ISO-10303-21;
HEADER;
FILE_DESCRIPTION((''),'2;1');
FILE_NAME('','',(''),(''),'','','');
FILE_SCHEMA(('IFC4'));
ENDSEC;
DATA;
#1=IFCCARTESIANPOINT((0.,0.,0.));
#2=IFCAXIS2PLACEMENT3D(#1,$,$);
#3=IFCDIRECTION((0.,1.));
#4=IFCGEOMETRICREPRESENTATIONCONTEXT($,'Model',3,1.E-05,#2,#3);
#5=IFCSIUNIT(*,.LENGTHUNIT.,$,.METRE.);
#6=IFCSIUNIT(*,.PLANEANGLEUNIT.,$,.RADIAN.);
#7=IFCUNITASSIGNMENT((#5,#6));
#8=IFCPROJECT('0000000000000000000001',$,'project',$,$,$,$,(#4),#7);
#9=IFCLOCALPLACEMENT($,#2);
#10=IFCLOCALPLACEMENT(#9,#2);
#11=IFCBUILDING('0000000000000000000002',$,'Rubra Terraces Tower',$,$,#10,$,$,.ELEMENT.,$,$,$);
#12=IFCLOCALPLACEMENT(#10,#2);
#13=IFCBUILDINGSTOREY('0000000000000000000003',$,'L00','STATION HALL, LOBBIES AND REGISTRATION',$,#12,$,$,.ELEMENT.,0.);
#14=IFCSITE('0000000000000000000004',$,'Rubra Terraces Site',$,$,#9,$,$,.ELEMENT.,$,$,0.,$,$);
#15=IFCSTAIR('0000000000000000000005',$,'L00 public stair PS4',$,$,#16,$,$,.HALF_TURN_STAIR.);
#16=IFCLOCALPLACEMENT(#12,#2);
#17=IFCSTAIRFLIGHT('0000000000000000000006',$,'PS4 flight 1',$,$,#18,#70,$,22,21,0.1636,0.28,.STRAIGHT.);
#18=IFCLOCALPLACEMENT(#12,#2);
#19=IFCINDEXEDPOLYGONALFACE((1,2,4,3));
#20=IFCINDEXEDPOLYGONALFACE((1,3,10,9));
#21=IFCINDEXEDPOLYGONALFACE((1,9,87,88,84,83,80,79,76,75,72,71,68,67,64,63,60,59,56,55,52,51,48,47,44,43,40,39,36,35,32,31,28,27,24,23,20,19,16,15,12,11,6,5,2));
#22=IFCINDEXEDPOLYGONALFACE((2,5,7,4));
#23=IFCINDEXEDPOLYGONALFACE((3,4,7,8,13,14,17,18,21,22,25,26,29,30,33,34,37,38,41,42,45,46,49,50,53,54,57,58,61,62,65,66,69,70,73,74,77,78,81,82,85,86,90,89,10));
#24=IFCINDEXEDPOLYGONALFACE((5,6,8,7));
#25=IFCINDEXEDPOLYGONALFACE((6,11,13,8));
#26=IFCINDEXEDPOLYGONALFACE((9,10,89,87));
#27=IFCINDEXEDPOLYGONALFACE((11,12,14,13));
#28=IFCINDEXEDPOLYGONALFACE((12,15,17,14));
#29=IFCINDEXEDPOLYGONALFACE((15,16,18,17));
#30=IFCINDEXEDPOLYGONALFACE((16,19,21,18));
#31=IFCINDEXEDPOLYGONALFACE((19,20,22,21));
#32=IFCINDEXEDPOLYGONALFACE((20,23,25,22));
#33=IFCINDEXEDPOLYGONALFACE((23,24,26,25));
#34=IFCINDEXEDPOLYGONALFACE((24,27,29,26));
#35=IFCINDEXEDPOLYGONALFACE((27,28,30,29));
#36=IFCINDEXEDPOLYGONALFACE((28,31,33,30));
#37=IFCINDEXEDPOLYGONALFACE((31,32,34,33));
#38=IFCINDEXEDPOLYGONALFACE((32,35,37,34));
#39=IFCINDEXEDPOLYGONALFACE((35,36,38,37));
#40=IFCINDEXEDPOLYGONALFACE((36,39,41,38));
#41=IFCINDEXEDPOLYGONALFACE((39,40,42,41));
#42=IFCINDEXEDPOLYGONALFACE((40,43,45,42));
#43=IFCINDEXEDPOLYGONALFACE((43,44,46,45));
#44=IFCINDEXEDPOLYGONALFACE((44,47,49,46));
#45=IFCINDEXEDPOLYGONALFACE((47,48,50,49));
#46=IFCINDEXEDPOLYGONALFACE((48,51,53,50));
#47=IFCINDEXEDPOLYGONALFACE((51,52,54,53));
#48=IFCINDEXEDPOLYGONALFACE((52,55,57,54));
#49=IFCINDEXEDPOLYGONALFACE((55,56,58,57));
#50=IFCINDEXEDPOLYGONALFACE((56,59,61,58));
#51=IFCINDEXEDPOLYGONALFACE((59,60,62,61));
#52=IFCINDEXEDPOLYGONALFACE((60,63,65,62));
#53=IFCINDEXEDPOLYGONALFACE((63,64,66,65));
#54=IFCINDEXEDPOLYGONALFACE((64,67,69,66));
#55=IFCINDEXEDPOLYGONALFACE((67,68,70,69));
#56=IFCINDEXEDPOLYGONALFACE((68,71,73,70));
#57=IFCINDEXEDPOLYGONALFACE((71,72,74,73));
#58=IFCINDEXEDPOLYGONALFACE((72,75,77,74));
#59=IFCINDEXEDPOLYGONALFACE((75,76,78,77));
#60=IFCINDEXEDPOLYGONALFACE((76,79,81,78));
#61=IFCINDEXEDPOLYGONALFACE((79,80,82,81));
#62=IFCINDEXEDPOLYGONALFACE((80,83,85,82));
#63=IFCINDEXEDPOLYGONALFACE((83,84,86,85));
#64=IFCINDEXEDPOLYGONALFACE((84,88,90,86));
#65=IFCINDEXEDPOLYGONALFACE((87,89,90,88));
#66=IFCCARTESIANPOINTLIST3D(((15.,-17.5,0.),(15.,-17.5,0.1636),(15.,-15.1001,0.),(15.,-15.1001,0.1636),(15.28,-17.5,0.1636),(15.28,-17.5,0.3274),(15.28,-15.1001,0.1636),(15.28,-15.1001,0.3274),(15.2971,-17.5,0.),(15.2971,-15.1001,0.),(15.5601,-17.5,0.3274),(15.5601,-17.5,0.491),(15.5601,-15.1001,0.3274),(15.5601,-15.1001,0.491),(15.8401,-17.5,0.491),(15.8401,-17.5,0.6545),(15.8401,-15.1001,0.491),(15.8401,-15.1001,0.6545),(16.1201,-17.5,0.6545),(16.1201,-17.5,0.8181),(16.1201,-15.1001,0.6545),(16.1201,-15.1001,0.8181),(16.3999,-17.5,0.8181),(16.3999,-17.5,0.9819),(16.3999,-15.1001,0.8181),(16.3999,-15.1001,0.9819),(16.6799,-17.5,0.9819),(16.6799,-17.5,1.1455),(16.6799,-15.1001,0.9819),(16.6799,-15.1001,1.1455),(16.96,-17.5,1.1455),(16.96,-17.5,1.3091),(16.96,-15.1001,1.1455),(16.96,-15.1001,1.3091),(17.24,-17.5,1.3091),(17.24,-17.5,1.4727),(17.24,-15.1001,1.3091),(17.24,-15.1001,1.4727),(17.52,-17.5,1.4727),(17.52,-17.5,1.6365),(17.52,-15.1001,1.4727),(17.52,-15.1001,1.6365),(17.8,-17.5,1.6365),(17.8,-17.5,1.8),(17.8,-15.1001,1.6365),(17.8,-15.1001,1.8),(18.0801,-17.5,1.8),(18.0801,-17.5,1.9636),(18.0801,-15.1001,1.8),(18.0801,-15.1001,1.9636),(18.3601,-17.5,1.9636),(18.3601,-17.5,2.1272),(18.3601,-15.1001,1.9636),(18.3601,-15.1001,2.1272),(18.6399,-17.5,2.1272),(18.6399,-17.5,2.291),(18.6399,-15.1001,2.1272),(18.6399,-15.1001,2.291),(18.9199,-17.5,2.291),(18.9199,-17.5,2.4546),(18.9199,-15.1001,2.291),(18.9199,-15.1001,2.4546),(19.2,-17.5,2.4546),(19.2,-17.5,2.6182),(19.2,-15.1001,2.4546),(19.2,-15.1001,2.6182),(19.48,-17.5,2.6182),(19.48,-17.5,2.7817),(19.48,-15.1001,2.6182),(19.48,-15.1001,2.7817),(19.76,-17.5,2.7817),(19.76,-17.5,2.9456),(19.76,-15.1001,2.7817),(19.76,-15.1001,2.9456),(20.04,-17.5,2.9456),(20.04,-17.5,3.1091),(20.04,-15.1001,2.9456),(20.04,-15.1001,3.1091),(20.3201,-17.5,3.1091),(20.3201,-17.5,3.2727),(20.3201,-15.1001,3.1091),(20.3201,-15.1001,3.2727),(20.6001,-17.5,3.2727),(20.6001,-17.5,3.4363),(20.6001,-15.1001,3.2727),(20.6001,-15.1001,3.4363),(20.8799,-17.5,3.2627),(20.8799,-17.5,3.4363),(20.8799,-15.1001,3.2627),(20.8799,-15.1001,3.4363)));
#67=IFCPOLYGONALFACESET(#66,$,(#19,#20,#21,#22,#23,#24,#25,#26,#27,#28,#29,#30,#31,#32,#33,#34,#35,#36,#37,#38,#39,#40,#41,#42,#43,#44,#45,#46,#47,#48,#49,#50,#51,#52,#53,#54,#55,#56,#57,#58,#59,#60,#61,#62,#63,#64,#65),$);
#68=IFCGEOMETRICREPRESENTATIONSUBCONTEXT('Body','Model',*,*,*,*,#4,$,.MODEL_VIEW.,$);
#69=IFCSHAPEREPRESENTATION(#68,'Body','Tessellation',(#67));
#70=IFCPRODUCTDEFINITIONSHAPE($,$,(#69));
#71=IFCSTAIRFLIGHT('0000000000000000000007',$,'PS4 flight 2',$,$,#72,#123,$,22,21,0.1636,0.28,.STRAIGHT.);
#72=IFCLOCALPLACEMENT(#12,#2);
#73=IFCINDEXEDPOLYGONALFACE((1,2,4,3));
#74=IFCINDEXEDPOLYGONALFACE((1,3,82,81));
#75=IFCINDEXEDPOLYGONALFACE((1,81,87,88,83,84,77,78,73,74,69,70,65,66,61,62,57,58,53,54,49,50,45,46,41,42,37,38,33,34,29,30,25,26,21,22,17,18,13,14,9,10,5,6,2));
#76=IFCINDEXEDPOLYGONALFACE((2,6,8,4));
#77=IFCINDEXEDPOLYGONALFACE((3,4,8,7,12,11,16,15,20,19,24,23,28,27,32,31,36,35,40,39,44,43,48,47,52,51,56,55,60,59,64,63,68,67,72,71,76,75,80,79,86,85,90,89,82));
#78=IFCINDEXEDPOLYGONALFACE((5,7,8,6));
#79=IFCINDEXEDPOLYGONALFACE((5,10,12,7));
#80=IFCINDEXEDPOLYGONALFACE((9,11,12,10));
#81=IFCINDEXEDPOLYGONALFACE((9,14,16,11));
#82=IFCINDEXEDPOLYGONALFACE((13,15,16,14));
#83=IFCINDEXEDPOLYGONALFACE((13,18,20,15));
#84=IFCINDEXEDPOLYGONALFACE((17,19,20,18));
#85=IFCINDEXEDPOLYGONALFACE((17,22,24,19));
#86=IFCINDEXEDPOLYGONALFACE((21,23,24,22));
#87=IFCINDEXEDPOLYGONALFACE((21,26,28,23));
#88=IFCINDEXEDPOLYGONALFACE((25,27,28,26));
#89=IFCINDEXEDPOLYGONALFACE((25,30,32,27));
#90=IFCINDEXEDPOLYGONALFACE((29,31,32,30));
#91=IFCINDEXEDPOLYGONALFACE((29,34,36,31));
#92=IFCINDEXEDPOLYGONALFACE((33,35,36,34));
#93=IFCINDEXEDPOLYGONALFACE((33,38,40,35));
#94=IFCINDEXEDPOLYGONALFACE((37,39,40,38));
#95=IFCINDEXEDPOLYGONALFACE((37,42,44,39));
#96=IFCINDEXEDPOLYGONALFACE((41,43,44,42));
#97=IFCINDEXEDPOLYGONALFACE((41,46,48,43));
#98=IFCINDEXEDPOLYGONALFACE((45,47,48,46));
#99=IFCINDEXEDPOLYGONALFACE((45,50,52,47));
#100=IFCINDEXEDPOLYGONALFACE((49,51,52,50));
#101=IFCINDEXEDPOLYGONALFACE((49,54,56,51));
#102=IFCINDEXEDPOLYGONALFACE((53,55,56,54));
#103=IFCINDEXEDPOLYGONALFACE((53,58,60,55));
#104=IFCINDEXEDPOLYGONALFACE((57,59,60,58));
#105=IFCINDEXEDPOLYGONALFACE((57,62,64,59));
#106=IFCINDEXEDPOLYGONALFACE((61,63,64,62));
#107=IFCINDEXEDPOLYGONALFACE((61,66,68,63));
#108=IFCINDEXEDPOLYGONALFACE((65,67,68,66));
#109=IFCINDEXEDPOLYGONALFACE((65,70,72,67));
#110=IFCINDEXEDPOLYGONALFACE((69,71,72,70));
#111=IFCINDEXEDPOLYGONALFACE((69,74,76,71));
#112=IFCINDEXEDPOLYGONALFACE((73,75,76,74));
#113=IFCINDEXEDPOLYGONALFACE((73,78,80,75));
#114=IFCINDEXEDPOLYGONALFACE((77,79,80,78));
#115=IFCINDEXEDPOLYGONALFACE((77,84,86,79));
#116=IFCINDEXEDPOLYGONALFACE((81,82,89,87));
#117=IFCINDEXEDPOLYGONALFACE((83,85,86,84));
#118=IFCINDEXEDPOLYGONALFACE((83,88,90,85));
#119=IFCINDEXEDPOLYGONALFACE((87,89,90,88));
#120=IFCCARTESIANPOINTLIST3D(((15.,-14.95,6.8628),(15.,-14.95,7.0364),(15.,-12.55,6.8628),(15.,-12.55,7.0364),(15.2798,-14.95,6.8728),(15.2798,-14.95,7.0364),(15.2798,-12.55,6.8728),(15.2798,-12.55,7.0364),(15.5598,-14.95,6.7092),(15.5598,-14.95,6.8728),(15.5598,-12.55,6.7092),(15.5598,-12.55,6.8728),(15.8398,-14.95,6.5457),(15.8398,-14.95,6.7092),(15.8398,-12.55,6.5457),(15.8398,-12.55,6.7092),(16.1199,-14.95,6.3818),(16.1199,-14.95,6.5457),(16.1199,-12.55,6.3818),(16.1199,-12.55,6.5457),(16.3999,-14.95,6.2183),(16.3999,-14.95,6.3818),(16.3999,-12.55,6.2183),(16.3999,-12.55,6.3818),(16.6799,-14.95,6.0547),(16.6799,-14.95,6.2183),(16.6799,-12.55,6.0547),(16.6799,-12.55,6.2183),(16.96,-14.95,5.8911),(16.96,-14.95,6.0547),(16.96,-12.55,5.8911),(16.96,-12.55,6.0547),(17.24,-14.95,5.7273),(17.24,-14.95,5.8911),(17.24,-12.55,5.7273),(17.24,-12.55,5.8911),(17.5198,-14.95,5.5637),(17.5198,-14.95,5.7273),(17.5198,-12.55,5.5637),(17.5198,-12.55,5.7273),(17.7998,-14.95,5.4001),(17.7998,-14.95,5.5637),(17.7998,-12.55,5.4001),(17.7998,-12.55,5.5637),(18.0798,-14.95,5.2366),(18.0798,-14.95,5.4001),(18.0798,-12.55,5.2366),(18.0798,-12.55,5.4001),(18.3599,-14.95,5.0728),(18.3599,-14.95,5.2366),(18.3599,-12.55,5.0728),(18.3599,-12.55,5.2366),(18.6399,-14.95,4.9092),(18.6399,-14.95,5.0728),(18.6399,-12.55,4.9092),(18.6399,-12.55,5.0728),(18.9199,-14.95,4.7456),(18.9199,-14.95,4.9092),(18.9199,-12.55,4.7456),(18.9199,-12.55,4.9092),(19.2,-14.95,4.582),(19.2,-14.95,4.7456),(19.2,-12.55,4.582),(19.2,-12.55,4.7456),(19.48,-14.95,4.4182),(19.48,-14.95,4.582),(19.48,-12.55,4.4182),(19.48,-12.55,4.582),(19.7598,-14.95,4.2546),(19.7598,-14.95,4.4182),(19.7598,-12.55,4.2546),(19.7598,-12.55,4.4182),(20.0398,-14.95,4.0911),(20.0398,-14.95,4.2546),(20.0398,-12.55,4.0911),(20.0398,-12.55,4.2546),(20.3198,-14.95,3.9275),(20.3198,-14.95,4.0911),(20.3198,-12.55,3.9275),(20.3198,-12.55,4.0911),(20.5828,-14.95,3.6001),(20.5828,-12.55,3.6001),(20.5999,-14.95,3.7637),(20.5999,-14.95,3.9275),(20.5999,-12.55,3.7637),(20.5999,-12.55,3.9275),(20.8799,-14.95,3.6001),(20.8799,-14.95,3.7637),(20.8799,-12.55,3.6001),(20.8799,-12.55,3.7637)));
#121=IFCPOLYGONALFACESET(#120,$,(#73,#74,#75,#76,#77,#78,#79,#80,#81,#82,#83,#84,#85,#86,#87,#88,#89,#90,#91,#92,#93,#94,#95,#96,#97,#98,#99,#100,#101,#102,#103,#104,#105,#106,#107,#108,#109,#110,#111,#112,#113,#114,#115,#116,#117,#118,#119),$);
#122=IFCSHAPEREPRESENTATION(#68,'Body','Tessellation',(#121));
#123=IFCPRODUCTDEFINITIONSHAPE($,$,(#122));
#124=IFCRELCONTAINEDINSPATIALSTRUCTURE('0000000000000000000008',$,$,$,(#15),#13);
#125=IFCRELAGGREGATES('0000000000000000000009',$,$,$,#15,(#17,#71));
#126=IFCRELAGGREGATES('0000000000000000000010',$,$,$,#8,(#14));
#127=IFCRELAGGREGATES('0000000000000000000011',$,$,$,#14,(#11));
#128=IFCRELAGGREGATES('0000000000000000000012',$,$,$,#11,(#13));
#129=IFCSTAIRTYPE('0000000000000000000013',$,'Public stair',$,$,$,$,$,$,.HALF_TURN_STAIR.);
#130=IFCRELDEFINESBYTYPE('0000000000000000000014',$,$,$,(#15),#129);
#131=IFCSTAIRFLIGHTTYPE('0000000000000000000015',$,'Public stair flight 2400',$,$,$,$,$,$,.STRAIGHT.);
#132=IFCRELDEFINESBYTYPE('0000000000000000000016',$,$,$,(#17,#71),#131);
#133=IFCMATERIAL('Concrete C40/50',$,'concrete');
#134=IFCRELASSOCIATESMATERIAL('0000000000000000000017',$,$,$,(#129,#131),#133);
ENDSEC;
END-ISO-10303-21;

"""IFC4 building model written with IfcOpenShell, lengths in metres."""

from ifc_helpers import new_model, si_unit, direction, frame, origin, place, context, subcontext, project, spatial, polyline, outline, extrude, material, type_object, element, aggregate, save


model = new_model("IFC4")

# Units and contexts
model_context = context("Model", 3, precision=1e-05, world=origin(), true_north=direction((0.0, 1.0)))
body_context = subcontext(model_context, "Body", "Model", "MODEL_VIEW")
ifc_project = project(units=[si_unit("LENGTHUNIT", "METRE"), si_unit("PLANEANGLEUNIT", "RADIAN")], contexts=[model_context])

# Site, building, storey
site_placement = place(None, origin())
site = spatial("IfcSite", under=ifc_project, at=site_placement, Name="Rubra Terraces Site", CompositionType="ELEMENT", RefElevation=0.0)
building_placement = place(site_placement, origin())
building = spatial("IfcBuilding", under=site, at=building_placement, Name="Rubra Terraces Tower", CompositionType="ELEMENT")
storey_placement = place(building_placement, origin())
storey = spatial("IfcBuildingStorey", under=building, at=storey_placement, Name="L00", Description="STATION HALL, LOBBIES AND REGISTRATION", CompositionType="ELEMENT", Elevation=0.0)

# Stair, stair flights
ifc_material_1 = material(Name="Concrete C40/50", Category="concrete")
stair_type = type_object("IfcStairType", Name="Public stair", PredefinedType="HALF_TURN_STAIR", material=ifc_material_1)
stair_placement = place(storey_placement, origin())
stair = element("IfcStair", 1, at=stair_placement, inside=storey, type_object=stair_type, Name="L00 public stair PS4", PredefinedType="HALF_TURN_STAIR")
stair_flight_type = type_object("IfcStairFlightType", Name="Public stair flight 2400", PredefinedType="STRAIGHT", material=ifc_material_1)
stair_flight_1_placement = place(storey_placement, frame((15.0, -16.3, 0.0), z_axis=(0.0, 0.0, 1.0), x_axis=(1.0, 0.0, 0.0)))
stair_flight_1 = element("IfcStairFlight", 2, at=stair_flight_1_placement, type_object=stair_flight_type, Name="PS4 flight 1", NumberOfRisers=22, NumberOfTreads=21, PredefinedType="STRAIGHT", RiserHeight=0.1636, TreadLength=0.28, context=body_context, shape_type="SweptSolid", body=[
    extrude(outline(polyline([(0.0, 0.0), (0.0, 0.1636), (0.28, 0.1636), (0.28, 0.3274), (0.5601, 0.3274), (0.5601, 0.491), (0.8401, 0.491), (0.8401, 0.6545), (1.1201, 0.6545), (1.1201, 0.8181), (1.3999, 0.8181), (1.3999, 0.9819), (1.6799, 0.9819), (1.6799, 1.1455), (1.96, 1.1455), (1.96, 1.3091), (2.24, 1.3091), (2.24, 1.4727), (2.52, 1.4727), (2.52, 1.6365), (2.8, 1.6365), (2.8, 1.8), (3.0801, 1.8), (3.0801, 1.9636), (3.3601, 1.9636), (3.3601, 2.1272), (3.6399, 2.1272), (3.6399, 2.291), (3.9199, 2.291), (3.9199, 2.4546), (4.2, 2.4546), (4.2, 2.6182), (4.48, 2.6182), (4.48, 2.7817), (4.76, 2.7817), (4.76, 2.9456), (5.04, 2.9456), (5.04, 3.1091), (5.3201, 3.1091), (5.3201, 3.2727), (5.6001, 3.2727), (5.6001, 3.4363), (5.8799, 3.4363), (5.8799, 3.6001), (5.8799, 3.2627), (0.2971, 0.0), (0.0, 0.0)])), frame((0.0, 1.2, 0.0), z_axis=(0.0, -1.0, 0.0), x_axis=(1.0, 0.0, 0.0)), (0.0, 0.0, 1.0), 2.3999),
])
stair_flight_2_placement = place(storey_placement, frame((20.8799, -13.75, 3.6001), z_axis=(0.0, 0.0, 1.0), x_axis=(-1.0, 0.0, 0.0)))
stair_flight_2 = element("IfcStairFlight", 3, at=stair_flight_2_placement, type_object=stair_flight_type, Name="PS4 flight 2", NumberOfRisers=22, NumberOfTreads=21, PredefinedType="STRAIGHT", RiserHeight=0.1636, TreadLength=0.28, context=body_context, shape_type="SweptSolid", body=[
    extrude(outline(polyline([(0.0, 0.0), (0.0, 0.1636), (0.28, 0.1636), (0.28, 0.3274), (0.5601, 0.3274), (0.5601, 0.491), (0.8401, 0.491), (0.8401, 0.6545), (1.1201, 0.6545), (1.1201, 0.8181), (1.3999, 0.8181), (1.3999, 0.9819), (1.6799, 0.9819), (1.6799, 1.1455), (1.96, 1.1455), (1.96, 1.3091), (2.24, 1.3091), (2.24, 1.4727), (2.52, 1.4727), (2.52, 1.6365), (2.8, 1.6365), (2.8, 1.8), (3.0801, 1.8), (3.0801, 1.9636), (3.3601, 1.9636), (3.3601, 2.1272), (3.6399, 2.1272), (3.6399, 2.291), (3.9199, 2.291), (3.9199, 2.4546), (4.2, 2.4546), (4.2, 2.6182), (4.48, 2.6182), (4.48, 2.7817), (4.76, 2.7817), (4.76, 2.9456), (5.04, 2.9456), (5.04, 3.1091), (5.3201, 3.1091), (5.3201, 3.2727), (5.6001, 3.2727), (5.6001, 3.4363), (5.8799, 3.4363), (5.8799, 3.6001), (5.8799, 3.2627), (0.2971, 0.0), (0.0, 0.0)])), frame((0.0, 1.2, 0.0), z_axis=(0.0, -1.0, 0.0), x_axis=(1.0, 0.0, 0.0)), (0.0, 0.0, 1.0), 2.3999),
])
aggregate(stair, [stair_flight_1, stair_flight_2])

save(model, "model.ifc")
